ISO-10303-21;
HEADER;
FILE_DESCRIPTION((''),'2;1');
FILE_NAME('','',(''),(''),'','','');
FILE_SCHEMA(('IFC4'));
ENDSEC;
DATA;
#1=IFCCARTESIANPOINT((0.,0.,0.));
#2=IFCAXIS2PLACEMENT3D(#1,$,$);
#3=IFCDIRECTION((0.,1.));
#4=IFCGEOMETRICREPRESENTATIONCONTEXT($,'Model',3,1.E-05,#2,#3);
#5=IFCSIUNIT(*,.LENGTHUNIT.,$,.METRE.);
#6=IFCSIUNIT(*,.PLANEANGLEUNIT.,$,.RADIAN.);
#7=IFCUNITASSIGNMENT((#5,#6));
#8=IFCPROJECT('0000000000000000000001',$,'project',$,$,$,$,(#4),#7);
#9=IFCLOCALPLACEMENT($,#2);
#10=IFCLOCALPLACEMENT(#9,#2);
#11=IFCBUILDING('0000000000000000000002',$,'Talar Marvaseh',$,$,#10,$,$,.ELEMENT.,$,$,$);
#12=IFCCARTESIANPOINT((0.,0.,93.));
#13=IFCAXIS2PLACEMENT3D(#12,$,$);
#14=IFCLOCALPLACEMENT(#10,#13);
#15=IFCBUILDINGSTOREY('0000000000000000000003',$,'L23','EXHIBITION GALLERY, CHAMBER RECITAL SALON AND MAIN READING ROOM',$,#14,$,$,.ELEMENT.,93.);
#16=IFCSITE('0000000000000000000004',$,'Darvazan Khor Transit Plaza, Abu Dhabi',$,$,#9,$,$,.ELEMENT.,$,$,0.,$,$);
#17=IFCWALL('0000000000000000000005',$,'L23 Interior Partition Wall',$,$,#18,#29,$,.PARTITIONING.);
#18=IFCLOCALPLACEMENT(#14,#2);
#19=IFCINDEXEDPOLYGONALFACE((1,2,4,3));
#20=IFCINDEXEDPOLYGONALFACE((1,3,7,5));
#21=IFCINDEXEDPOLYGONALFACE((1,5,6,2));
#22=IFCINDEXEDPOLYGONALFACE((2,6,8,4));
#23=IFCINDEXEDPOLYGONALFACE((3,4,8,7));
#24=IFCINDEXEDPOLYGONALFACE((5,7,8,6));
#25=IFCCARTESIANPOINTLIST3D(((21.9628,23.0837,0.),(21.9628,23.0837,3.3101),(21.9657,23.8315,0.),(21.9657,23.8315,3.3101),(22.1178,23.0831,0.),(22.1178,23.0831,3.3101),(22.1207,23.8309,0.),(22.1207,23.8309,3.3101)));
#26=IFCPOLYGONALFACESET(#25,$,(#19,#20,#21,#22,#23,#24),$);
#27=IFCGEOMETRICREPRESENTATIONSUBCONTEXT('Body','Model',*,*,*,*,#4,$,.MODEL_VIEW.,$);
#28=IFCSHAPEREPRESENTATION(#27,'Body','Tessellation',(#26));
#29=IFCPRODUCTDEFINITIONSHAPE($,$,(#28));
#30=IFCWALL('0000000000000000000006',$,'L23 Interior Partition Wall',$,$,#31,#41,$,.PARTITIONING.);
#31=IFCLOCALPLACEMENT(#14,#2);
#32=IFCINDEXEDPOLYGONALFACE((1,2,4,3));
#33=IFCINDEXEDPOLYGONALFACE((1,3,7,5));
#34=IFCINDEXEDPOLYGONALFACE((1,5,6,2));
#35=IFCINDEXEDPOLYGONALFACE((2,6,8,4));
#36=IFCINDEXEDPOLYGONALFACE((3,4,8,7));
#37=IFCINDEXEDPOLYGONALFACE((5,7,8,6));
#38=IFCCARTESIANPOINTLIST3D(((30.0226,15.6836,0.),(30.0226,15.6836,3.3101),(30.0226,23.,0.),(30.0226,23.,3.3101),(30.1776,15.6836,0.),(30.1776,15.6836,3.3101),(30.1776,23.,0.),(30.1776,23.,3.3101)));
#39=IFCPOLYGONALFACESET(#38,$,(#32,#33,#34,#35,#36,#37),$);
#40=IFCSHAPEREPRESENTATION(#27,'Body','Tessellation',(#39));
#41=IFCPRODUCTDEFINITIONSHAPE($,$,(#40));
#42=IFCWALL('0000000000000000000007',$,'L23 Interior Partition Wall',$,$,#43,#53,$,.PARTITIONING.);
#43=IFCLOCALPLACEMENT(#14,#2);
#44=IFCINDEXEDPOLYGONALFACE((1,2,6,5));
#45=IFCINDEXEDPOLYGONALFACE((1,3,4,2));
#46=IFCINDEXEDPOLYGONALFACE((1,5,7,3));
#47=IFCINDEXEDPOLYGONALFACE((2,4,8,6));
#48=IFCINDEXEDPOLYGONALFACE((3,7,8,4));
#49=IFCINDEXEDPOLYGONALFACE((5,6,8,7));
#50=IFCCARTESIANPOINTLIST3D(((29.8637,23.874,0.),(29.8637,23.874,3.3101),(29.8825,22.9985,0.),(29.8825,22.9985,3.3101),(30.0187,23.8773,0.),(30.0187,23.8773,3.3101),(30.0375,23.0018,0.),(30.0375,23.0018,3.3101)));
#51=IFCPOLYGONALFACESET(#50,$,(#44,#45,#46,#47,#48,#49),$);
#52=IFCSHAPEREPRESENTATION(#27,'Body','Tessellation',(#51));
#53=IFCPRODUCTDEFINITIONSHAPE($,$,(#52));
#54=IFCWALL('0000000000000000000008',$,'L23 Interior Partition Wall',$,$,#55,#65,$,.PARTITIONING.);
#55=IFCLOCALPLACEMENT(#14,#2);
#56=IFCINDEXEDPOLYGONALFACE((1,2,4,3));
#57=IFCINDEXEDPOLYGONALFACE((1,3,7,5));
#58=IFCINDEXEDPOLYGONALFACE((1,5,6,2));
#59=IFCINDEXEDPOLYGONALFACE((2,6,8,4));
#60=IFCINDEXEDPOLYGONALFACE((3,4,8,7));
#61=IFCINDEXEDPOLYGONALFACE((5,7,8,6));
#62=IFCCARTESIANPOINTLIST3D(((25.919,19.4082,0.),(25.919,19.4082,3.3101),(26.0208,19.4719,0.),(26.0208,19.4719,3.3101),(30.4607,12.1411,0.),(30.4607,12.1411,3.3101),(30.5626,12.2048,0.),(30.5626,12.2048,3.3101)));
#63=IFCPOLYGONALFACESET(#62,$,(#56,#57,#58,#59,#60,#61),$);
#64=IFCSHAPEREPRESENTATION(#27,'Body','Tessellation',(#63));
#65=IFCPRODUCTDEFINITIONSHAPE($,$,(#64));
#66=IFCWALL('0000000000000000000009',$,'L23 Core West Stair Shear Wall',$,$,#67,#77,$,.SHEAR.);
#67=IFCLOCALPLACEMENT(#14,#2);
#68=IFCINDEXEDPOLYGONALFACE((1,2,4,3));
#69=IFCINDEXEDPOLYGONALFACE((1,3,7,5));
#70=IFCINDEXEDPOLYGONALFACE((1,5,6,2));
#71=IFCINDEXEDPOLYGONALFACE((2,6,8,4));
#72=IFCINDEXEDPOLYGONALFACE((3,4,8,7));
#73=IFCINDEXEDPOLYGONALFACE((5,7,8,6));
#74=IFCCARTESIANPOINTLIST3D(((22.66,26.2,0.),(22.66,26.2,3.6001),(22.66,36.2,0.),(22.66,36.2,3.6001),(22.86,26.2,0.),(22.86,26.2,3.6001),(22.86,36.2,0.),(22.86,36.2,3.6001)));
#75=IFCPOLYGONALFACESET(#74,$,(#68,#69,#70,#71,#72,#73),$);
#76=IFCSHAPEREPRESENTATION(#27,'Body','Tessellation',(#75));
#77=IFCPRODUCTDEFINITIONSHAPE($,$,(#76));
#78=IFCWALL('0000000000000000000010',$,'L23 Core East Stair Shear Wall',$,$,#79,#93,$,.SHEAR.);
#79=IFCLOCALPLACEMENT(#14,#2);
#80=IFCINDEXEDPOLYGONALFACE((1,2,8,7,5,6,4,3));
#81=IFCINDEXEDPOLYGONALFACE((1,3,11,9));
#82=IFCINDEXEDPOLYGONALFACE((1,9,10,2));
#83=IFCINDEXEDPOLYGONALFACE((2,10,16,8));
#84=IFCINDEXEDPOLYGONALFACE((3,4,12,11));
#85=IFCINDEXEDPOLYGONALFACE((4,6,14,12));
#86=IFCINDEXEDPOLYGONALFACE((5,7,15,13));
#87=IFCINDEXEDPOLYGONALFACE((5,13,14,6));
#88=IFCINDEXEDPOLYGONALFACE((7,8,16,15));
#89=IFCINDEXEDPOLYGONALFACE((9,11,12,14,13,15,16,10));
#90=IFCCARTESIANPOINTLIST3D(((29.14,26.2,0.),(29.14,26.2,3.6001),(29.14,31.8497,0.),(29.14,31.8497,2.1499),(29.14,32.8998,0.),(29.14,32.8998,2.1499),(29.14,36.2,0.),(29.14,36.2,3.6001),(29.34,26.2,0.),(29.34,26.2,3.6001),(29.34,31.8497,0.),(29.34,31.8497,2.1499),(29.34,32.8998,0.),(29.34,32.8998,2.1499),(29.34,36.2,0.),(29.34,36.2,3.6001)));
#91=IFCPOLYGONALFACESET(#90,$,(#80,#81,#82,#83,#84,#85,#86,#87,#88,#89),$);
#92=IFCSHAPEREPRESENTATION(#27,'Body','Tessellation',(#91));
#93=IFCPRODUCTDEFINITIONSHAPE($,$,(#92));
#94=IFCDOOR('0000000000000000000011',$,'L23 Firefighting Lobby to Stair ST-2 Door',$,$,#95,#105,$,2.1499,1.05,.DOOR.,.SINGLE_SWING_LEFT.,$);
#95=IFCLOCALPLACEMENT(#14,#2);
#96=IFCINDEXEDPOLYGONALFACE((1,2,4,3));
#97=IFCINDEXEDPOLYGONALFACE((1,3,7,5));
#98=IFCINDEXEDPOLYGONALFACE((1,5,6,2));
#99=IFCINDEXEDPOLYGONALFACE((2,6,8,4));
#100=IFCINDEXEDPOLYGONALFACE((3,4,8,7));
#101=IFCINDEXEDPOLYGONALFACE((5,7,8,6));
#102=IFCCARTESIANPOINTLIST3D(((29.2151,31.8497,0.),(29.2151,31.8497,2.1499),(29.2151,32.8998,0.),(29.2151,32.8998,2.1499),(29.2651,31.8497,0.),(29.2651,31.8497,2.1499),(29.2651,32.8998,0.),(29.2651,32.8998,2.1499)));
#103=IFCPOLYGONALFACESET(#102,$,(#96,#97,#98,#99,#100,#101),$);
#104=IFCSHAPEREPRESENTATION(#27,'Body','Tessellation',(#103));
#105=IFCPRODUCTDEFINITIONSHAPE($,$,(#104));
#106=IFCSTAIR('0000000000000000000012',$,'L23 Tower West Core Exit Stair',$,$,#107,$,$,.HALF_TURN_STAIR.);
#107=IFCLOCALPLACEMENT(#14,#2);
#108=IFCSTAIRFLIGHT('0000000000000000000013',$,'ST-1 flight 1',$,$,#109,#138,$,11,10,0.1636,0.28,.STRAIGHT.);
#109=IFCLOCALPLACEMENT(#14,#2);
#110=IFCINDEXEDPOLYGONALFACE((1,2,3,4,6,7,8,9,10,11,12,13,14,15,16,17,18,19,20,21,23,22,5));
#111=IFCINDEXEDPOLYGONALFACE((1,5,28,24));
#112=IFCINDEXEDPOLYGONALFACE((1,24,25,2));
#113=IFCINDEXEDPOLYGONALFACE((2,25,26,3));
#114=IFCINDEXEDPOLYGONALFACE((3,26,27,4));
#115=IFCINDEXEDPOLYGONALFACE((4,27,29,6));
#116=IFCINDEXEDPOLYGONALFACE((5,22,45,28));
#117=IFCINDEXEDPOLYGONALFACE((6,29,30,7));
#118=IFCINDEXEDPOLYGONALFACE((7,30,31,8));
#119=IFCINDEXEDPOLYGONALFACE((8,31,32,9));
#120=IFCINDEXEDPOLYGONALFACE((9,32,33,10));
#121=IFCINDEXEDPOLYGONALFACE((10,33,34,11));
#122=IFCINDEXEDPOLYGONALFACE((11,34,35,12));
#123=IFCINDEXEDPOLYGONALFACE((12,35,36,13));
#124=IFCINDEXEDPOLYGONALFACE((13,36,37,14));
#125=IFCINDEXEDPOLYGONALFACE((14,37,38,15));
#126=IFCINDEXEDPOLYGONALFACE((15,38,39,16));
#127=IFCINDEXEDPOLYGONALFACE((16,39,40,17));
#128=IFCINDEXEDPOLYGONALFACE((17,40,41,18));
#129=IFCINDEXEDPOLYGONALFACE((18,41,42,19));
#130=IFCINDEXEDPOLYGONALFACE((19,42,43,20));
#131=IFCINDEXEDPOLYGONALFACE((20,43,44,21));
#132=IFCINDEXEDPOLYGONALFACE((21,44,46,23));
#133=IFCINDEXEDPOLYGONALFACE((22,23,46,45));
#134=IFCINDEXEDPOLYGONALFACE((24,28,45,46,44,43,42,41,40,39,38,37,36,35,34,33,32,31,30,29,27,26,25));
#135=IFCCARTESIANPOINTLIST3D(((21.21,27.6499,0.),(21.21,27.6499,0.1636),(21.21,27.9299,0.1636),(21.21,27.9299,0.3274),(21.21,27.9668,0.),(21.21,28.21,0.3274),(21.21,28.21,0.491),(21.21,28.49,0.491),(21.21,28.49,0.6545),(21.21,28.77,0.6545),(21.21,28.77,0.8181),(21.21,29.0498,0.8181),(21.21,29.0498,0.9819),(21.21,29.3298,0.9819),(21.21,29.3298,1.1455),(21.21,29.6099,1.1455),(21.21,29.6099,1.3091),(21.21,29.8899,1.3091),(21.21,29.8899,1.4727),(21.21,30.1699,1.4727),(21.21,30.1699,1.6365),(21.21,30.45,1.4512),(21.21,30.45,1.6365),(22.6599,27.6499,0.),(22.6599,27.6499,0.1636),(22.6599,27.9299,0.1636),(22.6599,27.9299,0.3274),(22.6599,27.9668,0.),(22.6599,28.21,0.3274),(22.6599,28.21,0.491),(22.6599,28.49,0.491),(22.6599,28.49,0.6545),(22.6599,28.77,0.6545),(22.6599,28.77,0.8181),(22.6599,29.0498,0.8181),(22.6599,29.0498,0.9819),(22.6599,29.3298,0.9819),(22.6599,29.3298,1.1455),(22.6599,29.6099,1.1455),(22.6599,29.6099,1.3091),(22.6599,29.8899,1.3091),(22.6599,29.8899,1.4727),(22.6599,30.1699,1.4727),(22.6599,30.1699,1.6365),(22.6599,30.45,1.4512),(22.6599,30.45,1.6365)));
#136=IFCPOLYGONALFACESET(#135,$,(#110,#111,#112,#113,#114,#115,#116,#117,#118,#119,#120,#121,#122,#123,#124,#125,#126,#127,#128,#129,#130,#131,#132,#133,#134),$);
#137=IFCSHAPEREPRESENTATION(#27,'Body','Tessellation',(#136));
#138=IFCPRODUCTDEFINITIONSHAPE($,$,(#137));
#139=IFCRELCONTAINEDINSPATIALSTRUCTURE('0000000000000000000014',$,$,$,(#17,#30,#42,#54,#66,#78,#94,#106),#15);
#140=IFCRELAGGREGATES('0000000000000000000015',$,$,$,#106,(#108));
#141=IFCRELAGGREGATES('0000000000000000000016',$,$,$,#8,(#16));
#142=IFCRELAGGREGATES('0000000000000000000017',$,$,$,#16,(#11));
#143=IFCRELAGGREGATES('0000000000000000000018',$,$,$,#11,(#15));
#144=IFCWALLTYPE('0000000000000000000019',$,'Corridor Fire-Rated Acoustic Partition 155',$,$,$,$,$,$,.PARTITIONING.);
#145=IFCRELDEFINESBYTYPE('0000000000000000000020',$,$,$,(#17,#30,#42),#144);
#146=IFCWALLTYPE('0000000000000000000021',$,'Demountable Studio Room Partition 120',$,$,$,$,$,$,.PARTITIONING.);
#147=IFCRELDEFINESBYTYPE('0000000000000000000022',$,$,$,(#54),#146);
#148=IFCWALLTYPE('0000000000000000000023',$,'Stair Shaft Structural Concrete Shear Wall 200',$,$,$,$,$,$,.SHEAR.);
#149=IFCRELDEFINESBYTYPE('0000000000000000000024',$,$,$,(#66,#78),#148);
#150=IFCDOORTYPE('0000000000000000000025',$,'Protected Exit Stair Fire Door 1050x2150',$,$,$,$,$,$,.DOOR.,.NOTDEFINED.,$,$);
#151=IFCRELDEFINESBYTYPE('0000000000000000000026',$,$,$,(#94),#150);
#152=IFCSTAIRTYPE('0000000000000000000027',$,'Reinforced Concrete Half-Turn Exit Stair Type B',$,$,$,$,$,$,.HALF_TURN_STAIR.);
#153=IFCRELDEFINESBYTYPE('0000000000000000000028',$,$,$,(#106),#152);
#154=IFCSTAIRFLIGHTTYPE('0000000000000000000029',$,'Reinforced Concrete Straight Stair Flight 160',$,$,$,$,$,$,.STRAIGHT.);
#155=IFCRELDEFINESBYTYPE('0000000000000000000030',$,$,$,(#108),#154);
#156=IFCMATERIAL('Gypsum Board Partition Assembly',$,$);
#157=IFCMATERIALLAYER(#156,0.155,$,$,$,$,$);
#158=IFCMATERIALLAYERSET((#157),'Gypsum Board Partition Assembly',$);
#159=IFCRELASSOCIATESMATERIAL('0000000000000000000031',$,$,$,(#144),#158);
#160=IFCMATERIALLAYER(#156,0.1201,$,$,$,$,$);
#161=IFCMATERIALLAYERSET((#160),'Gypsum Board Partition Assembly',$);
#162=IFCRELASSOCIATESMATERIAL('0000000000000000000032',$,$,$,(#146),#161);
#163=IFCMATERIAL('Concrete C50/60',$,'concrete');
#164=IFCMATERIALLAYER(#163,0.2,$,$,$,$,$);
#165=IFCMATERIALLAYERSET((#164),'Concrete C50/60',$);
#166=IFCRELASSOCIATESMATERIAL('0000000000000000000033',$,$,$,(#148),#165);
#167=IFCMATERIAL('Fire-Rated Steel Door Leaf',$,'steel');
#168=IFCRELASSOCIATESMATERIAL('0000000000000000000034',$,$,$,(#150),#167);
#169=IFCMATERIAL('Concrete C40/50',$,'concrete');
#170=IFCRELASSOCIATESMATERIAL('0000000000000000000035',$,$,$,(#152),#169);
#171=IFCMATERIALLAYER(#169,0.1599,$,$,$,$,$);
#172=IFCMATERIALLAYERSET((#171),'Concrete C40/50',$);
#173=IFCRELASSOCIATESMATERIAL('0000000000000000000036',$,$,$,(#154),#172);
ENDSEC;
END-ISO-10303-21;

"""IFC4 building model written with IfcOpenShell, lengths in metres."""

from ifc_helpers import new_model, si_unit, direction, frame, frame_2d, origin, place, context, subcontext, project, spatial, polyline, rectangle, outline, extrude, source, transform, mapped, material, layer, layer_set, type_object, type_shapes, element, fill, aggregate, save


model = new_model("IFC4")

# Units and contexts
model_context = context("Model", 3, precision=1e-05, world=origin(), true_north=direction((0.0, 1.0)))
body_context = subcontext(model_context, "Body", "Model", "MODEL_VIEW")
ifc_project = project(units=[si_unit("LENGTHUNIT", "METRE"), si_unit("PLANEANGLEUNIT", "RADIAN")], contexts=[model_context])

# Site, building, storey
site_placement = place(None, origin())
site = spatial("IfcSite", under=ifc_project, at=site_placement, Name="Darvazan Khor Transit Plaza, Abu Dhabi", CompositionType="ELEMENT", RefElevation=0.0)
building_placement = place(site_placement, origin())
building = spatial("IfcBuilding", under=site, at=building_placement, Name="Talar Marvaseh", CompositionType="ELEMENT")
storey_placement = place(building_placement, frame((0.0, 0.0, 93.0)))
storey = spatial("IfcBuildingStorey", under=building, at=storey_placement, Name="L23", Description="EXHIBITION GALLERY, CHAMBER RECITAL SALON AND MAIN READING ROOM", CompositionType="ELEMENT", Elevation=93.0)

# Shared definitions
ifc_material_1 = material(Name="Concrete C40/50", Category="concrete")

# Shared definitions
ifc_material_2 = material(Name="Gypsum Board Partition Assembly")
ifc_layer_1 = layer(ifc_material_2, 0.155)
ifc_layer_set_1 = layer_set([ifc_layer_1], Name="Gypsum Board Partition Assembly")
wall_type_1 = type_object("IfcWallType", Name="Corridor Fire-Rated Acoustic Partition 155", PredefinedType="PARTITIONING", material=ifc_layer_set_1)
ifc_material_3 = material(Name="Fire-Rated Steel Door Leaf", Category="steel")

# Walls
wall_1_placement = place(storey_placement, frame((22.0432, 23.8313, 0.0), z_axis=(0.0, 0.0, 1.0), x_axis=(-0.003918, -0.999992, 0.0)))
element("IfcWall", 1, at=wall_1_placement, inside=storey, type_object=wall_type_1, Name="L23 Interior Partition Wall", PredefinedType="PARTITIONING", context=body_context, shape_type="SweptSolid", body=[
    extrude(rectangle(XDim=0.7478, YDim=0.155, at=frame_2d((0.374, 0.0))), origin(), (0.0, 0.0, 1.0), 3.3101),
])
wall_2_placement = place(storey_placement, frame((30.1001, 15.6836, 0.0), z_axis=(0.0, 0.0, 1.0), x_axis=(0.0, 1.0, 0.0)))
element("IfcWall", 2, at=wall_2_placement, inside=storey, type_object=wall_type_1, Name="L23 Interior Partition Wall", PredefinedType="PARTITIONING", context=body_context, shape_type="SweptSolid", body=[
    extrude(rectangle(XDim=7.3164, YDim=0.155, at=frame_2d((3.6582, 0.0))), origin(), (0.0, 0.0, 1.0), 3.3101),
])
wall_3_placement = place(storey_placement, frame((29.96, 23.0, 0.0), z_axis=(0.0, 0.0, 1.0), x_axis=(-0.021467, 0.99977, 0.0)))
element("IfcWall", 3, at=wall_3_placement, inside=storey, type_object=wall_type_1, Name="L23 Interior Partition Wall", PredefinedType="PARTITIONING", context=body_context, shape_type="SweptSolid", body=[
    extrude(rectangle(XDim=0.8757, YDim=0.155, at=frame_2d((0.438, 0.0))), origin(), (0.0, 0.0, 1.0), 3.3101),
])
ifc_layer_2 = layer(ifc_material_2, 0.1201)
ifc_layer_set_2 = layer_set([ifc_layer_2], Name="Gypsum Board Partition Assembly")
wall_type_2 = type_object("IfcWallType", Name="Demountable Studio Room Partition 120", PredefinedType="PARTITIONING", material=ifc_layer_set_2)
wall_4_placement = place(storey_placement, frame((25.97, 19.4399, 0.0), z_axis=(0.0, 0.0, 1.0), x_axis=(0.529984, -0.848008, 0.0)))
element("IfcWall", 4, at=wall_4_placement, inside=storey, type_object=wall_type_2, Name="L23 Interior Partition Wall", PredefinedType="PARTITIONING", context=body_context, shape_type="SweptSolid", body=[
    extrude(rectangle(XDim=8.5696, YDim=0.1201, at=frame_2d((4.2847, 0.0))), origin(), (0.0, 0.0, 1.0), 3.3101),
])
ifc_material_4 = material(Name="Concrete C50/60", Category="concrete")
ifc_layer_3 = layer(ifc_material_4, 0.2)
ifc_layer_set_3 = layer_set([ifc_layer_3], Name="Concrete C50/60")
wall_type_3 = type_object("IfcWallType", Name="Stair Shaft Structural Concrete Shear Wall 200", PredefinedType="SHEAR", material=ifc_layer_set_3)
wall_5_placement = place(storey_placement, frame((22.76, 26.2, 0.0), z_axis=(0.0, 0.0, 1.0), x_axis=(0.0, 1.0, 0.0)))
element("IfcWall", 5, at=wall_5_placement, inside=storey, type_object=wall_type_3, Name="L23 Core West Stair Shear Wall", PredefinedType="SHEAR", context=body_context, shape_type="SweptSolid", body=[
    extrude(rectangle(XDim=10.0, YDim=0.2, at=frame_2d((5.0, 0.0))), origin(), (0.0, 0.0, 1.0), 3.6001),
])

# Wall, opening, door
wall_6_placement = place(storey_placement, frame((29.24, 26.2, 0.0), z_axis=(0.0, 0.0, 1.0), x_axis=(0.0, 1.0, 0.0)))
wall_6 = element("IfcWall", 6, at=wall_6_placement, inside=storey, type_object=wall_type_3, Name="L23 Core East Stair Shear Wall", PredefinedType="SHEAR", context=body_context, shape_type="SweptSolid", body=[
    extrude(rectangle(XDim=10.0, YDim=0.2, at=frame_2d((5.0, 0.0))), origin(), (0.0, 0.0, 1.0), 3.6001),
])
opening_1_placement = place(wall_6_placement, frame((5.6499, 0.0, 0.0)))
opening_1 = element("IfcOpeningElement", 7, at=opening_1_placement, cuts=wall_6, PredefinedType="OPENING", context=body_context, shape_type="SweptSolid", body=[
    extrude(rectangle(XDim=1.05, YDim=2.1499, at=frame_2d((0.5249, 1.075))), frame((0.0, 0.1099, 0.0), z_axis=(0.0, -1.0, 0.0), x_axis=(1.0, 0.0, 0.0)), (0.0, 0.0, 1.0), 0.22),
])
door_type_1 = type_object("IfcDoorType", Name="Protected Exit Stair Fire Door 1050x2150", OperationType="NOTDEFINED", PredefinedType="DOOR", material=ifc_material_3)
shared_shape_1 = source(origin(), body_context, "Body", "SweptSolid", [
    extrude(rectangle(XDim=1.05, YDim=2.1499, at=frame_2d((0.5249, 1.075))), frame((0.0, 0.0249, 0.0), z_axis=(0.0, -1.0, 0.0), x_axis=(1.0, 0.0, 0.0)), (0.0, 0.0, 1.0), 0.05),
])
type_shapes(door_type_1, [shared_shape_1])
door_1_placement = place(opening_1_placement, origin())
door_1 = element("IfcDoor", 8, at=door_1_placement, inside=storey, type_object=door_type_1, Name="L23 Firefighting Lobby to Stair ST-2 Door", OperationType="SINGLE_SWING_LEFT", OverallHeight=2.1499, OverallWidth=1.05, PredefinedType="DOOR", context=body_context, shape_type="MappedRepresentation", body=[
    mapped(shared_shape_1, transform((0.0, 0.0, 0.0), x_axis=(1.0, 0.0, 0.0), y_axis=(0.0, 1.0, 0.0), z_axis=(0.0, 0.0, 1.0), scale=1.0)),
])
fill(opening_1, door_1)

# Stair, stair flight
stair_type = type_object("IfcStairType", Name="Reinforced Concrete Half-Turn Exit Stair Type B", PredefinedType="HALF_TURN_STAIR", material=ifc_material_1)
stair_placement = place(storey_placement, origin())
stair = element("IfcStair", 9, at=stair_placement, inside=storey, type_object=stair_type, Name="L23 Tower West Core Exit Stair", PredefinedType="HALF_TURN_STAIR")
ifc_layer_4 = layer(ifc_material_1, 0.1599)
ifc_layer_set_4 = layer_set([ifc_layer_4], Name="Concrete C40/50")
stair_flight_type = type_object("IfcStairFlightType", Name="Reinforced Concrete Straight Stair Flight 160", PredefinedType="STRAIGHT", material=ifc_layer_set_4)
stair_flight_placement = place(storey_placement, frame((21.9351, 27.6499, 0.0), z_axis=(0.0, 0.0, 1.0), x_axis=(0.0, 1.0, 0.0)))
stair_flight = element("IfcStairFlight", 10, at=stair_flight_placement, type_object=stair_flight_type, Name="ST-1 flight 1", NumberOfRisers=11, NumberOfTreads=10, PredefinedType="STRAIGHT", RiserHeight=0.1636, TreadLength=0.28, context=body_context, shape_type="SweptSolid", body=[
    extrude(outline(polyline([(0.0, 0.0), (0.0, 0.1636), (0.28, 0.1636), (0.28, 0.3274), (0.5601, 0.3274), (0.5601, 0.491), (0.8401, 0.491), (0.8401, 0.6545), (1.1201, 0.6545), (1.1201, 0.8181), (1.3999, 0.8181), (1.3999, 0.9819), (1.6799, 0.9819), (1.6799, 1.1455), (1.96, 1.1455), (1.96, 1.3091), (2.24, 1.3091), (2.24, 1.4727), (2.52, 1.4727), (2.52, 1.6365), (2.8, 1.6365), (2.8, 1.8), (2.8, 1.4512), (0.3169, 0.0), (0.0, 0.0)])), frame((0.0, 0.7251, 0.0), z_axis=(0.0, -1.0, 0.0), x_axis=(1.0, 0.0, 0.0)), (0.0, 0.0, 1.0), 1.45),
])
aggregate(stair, [stair_flight])

save(model, "model.ifc")
